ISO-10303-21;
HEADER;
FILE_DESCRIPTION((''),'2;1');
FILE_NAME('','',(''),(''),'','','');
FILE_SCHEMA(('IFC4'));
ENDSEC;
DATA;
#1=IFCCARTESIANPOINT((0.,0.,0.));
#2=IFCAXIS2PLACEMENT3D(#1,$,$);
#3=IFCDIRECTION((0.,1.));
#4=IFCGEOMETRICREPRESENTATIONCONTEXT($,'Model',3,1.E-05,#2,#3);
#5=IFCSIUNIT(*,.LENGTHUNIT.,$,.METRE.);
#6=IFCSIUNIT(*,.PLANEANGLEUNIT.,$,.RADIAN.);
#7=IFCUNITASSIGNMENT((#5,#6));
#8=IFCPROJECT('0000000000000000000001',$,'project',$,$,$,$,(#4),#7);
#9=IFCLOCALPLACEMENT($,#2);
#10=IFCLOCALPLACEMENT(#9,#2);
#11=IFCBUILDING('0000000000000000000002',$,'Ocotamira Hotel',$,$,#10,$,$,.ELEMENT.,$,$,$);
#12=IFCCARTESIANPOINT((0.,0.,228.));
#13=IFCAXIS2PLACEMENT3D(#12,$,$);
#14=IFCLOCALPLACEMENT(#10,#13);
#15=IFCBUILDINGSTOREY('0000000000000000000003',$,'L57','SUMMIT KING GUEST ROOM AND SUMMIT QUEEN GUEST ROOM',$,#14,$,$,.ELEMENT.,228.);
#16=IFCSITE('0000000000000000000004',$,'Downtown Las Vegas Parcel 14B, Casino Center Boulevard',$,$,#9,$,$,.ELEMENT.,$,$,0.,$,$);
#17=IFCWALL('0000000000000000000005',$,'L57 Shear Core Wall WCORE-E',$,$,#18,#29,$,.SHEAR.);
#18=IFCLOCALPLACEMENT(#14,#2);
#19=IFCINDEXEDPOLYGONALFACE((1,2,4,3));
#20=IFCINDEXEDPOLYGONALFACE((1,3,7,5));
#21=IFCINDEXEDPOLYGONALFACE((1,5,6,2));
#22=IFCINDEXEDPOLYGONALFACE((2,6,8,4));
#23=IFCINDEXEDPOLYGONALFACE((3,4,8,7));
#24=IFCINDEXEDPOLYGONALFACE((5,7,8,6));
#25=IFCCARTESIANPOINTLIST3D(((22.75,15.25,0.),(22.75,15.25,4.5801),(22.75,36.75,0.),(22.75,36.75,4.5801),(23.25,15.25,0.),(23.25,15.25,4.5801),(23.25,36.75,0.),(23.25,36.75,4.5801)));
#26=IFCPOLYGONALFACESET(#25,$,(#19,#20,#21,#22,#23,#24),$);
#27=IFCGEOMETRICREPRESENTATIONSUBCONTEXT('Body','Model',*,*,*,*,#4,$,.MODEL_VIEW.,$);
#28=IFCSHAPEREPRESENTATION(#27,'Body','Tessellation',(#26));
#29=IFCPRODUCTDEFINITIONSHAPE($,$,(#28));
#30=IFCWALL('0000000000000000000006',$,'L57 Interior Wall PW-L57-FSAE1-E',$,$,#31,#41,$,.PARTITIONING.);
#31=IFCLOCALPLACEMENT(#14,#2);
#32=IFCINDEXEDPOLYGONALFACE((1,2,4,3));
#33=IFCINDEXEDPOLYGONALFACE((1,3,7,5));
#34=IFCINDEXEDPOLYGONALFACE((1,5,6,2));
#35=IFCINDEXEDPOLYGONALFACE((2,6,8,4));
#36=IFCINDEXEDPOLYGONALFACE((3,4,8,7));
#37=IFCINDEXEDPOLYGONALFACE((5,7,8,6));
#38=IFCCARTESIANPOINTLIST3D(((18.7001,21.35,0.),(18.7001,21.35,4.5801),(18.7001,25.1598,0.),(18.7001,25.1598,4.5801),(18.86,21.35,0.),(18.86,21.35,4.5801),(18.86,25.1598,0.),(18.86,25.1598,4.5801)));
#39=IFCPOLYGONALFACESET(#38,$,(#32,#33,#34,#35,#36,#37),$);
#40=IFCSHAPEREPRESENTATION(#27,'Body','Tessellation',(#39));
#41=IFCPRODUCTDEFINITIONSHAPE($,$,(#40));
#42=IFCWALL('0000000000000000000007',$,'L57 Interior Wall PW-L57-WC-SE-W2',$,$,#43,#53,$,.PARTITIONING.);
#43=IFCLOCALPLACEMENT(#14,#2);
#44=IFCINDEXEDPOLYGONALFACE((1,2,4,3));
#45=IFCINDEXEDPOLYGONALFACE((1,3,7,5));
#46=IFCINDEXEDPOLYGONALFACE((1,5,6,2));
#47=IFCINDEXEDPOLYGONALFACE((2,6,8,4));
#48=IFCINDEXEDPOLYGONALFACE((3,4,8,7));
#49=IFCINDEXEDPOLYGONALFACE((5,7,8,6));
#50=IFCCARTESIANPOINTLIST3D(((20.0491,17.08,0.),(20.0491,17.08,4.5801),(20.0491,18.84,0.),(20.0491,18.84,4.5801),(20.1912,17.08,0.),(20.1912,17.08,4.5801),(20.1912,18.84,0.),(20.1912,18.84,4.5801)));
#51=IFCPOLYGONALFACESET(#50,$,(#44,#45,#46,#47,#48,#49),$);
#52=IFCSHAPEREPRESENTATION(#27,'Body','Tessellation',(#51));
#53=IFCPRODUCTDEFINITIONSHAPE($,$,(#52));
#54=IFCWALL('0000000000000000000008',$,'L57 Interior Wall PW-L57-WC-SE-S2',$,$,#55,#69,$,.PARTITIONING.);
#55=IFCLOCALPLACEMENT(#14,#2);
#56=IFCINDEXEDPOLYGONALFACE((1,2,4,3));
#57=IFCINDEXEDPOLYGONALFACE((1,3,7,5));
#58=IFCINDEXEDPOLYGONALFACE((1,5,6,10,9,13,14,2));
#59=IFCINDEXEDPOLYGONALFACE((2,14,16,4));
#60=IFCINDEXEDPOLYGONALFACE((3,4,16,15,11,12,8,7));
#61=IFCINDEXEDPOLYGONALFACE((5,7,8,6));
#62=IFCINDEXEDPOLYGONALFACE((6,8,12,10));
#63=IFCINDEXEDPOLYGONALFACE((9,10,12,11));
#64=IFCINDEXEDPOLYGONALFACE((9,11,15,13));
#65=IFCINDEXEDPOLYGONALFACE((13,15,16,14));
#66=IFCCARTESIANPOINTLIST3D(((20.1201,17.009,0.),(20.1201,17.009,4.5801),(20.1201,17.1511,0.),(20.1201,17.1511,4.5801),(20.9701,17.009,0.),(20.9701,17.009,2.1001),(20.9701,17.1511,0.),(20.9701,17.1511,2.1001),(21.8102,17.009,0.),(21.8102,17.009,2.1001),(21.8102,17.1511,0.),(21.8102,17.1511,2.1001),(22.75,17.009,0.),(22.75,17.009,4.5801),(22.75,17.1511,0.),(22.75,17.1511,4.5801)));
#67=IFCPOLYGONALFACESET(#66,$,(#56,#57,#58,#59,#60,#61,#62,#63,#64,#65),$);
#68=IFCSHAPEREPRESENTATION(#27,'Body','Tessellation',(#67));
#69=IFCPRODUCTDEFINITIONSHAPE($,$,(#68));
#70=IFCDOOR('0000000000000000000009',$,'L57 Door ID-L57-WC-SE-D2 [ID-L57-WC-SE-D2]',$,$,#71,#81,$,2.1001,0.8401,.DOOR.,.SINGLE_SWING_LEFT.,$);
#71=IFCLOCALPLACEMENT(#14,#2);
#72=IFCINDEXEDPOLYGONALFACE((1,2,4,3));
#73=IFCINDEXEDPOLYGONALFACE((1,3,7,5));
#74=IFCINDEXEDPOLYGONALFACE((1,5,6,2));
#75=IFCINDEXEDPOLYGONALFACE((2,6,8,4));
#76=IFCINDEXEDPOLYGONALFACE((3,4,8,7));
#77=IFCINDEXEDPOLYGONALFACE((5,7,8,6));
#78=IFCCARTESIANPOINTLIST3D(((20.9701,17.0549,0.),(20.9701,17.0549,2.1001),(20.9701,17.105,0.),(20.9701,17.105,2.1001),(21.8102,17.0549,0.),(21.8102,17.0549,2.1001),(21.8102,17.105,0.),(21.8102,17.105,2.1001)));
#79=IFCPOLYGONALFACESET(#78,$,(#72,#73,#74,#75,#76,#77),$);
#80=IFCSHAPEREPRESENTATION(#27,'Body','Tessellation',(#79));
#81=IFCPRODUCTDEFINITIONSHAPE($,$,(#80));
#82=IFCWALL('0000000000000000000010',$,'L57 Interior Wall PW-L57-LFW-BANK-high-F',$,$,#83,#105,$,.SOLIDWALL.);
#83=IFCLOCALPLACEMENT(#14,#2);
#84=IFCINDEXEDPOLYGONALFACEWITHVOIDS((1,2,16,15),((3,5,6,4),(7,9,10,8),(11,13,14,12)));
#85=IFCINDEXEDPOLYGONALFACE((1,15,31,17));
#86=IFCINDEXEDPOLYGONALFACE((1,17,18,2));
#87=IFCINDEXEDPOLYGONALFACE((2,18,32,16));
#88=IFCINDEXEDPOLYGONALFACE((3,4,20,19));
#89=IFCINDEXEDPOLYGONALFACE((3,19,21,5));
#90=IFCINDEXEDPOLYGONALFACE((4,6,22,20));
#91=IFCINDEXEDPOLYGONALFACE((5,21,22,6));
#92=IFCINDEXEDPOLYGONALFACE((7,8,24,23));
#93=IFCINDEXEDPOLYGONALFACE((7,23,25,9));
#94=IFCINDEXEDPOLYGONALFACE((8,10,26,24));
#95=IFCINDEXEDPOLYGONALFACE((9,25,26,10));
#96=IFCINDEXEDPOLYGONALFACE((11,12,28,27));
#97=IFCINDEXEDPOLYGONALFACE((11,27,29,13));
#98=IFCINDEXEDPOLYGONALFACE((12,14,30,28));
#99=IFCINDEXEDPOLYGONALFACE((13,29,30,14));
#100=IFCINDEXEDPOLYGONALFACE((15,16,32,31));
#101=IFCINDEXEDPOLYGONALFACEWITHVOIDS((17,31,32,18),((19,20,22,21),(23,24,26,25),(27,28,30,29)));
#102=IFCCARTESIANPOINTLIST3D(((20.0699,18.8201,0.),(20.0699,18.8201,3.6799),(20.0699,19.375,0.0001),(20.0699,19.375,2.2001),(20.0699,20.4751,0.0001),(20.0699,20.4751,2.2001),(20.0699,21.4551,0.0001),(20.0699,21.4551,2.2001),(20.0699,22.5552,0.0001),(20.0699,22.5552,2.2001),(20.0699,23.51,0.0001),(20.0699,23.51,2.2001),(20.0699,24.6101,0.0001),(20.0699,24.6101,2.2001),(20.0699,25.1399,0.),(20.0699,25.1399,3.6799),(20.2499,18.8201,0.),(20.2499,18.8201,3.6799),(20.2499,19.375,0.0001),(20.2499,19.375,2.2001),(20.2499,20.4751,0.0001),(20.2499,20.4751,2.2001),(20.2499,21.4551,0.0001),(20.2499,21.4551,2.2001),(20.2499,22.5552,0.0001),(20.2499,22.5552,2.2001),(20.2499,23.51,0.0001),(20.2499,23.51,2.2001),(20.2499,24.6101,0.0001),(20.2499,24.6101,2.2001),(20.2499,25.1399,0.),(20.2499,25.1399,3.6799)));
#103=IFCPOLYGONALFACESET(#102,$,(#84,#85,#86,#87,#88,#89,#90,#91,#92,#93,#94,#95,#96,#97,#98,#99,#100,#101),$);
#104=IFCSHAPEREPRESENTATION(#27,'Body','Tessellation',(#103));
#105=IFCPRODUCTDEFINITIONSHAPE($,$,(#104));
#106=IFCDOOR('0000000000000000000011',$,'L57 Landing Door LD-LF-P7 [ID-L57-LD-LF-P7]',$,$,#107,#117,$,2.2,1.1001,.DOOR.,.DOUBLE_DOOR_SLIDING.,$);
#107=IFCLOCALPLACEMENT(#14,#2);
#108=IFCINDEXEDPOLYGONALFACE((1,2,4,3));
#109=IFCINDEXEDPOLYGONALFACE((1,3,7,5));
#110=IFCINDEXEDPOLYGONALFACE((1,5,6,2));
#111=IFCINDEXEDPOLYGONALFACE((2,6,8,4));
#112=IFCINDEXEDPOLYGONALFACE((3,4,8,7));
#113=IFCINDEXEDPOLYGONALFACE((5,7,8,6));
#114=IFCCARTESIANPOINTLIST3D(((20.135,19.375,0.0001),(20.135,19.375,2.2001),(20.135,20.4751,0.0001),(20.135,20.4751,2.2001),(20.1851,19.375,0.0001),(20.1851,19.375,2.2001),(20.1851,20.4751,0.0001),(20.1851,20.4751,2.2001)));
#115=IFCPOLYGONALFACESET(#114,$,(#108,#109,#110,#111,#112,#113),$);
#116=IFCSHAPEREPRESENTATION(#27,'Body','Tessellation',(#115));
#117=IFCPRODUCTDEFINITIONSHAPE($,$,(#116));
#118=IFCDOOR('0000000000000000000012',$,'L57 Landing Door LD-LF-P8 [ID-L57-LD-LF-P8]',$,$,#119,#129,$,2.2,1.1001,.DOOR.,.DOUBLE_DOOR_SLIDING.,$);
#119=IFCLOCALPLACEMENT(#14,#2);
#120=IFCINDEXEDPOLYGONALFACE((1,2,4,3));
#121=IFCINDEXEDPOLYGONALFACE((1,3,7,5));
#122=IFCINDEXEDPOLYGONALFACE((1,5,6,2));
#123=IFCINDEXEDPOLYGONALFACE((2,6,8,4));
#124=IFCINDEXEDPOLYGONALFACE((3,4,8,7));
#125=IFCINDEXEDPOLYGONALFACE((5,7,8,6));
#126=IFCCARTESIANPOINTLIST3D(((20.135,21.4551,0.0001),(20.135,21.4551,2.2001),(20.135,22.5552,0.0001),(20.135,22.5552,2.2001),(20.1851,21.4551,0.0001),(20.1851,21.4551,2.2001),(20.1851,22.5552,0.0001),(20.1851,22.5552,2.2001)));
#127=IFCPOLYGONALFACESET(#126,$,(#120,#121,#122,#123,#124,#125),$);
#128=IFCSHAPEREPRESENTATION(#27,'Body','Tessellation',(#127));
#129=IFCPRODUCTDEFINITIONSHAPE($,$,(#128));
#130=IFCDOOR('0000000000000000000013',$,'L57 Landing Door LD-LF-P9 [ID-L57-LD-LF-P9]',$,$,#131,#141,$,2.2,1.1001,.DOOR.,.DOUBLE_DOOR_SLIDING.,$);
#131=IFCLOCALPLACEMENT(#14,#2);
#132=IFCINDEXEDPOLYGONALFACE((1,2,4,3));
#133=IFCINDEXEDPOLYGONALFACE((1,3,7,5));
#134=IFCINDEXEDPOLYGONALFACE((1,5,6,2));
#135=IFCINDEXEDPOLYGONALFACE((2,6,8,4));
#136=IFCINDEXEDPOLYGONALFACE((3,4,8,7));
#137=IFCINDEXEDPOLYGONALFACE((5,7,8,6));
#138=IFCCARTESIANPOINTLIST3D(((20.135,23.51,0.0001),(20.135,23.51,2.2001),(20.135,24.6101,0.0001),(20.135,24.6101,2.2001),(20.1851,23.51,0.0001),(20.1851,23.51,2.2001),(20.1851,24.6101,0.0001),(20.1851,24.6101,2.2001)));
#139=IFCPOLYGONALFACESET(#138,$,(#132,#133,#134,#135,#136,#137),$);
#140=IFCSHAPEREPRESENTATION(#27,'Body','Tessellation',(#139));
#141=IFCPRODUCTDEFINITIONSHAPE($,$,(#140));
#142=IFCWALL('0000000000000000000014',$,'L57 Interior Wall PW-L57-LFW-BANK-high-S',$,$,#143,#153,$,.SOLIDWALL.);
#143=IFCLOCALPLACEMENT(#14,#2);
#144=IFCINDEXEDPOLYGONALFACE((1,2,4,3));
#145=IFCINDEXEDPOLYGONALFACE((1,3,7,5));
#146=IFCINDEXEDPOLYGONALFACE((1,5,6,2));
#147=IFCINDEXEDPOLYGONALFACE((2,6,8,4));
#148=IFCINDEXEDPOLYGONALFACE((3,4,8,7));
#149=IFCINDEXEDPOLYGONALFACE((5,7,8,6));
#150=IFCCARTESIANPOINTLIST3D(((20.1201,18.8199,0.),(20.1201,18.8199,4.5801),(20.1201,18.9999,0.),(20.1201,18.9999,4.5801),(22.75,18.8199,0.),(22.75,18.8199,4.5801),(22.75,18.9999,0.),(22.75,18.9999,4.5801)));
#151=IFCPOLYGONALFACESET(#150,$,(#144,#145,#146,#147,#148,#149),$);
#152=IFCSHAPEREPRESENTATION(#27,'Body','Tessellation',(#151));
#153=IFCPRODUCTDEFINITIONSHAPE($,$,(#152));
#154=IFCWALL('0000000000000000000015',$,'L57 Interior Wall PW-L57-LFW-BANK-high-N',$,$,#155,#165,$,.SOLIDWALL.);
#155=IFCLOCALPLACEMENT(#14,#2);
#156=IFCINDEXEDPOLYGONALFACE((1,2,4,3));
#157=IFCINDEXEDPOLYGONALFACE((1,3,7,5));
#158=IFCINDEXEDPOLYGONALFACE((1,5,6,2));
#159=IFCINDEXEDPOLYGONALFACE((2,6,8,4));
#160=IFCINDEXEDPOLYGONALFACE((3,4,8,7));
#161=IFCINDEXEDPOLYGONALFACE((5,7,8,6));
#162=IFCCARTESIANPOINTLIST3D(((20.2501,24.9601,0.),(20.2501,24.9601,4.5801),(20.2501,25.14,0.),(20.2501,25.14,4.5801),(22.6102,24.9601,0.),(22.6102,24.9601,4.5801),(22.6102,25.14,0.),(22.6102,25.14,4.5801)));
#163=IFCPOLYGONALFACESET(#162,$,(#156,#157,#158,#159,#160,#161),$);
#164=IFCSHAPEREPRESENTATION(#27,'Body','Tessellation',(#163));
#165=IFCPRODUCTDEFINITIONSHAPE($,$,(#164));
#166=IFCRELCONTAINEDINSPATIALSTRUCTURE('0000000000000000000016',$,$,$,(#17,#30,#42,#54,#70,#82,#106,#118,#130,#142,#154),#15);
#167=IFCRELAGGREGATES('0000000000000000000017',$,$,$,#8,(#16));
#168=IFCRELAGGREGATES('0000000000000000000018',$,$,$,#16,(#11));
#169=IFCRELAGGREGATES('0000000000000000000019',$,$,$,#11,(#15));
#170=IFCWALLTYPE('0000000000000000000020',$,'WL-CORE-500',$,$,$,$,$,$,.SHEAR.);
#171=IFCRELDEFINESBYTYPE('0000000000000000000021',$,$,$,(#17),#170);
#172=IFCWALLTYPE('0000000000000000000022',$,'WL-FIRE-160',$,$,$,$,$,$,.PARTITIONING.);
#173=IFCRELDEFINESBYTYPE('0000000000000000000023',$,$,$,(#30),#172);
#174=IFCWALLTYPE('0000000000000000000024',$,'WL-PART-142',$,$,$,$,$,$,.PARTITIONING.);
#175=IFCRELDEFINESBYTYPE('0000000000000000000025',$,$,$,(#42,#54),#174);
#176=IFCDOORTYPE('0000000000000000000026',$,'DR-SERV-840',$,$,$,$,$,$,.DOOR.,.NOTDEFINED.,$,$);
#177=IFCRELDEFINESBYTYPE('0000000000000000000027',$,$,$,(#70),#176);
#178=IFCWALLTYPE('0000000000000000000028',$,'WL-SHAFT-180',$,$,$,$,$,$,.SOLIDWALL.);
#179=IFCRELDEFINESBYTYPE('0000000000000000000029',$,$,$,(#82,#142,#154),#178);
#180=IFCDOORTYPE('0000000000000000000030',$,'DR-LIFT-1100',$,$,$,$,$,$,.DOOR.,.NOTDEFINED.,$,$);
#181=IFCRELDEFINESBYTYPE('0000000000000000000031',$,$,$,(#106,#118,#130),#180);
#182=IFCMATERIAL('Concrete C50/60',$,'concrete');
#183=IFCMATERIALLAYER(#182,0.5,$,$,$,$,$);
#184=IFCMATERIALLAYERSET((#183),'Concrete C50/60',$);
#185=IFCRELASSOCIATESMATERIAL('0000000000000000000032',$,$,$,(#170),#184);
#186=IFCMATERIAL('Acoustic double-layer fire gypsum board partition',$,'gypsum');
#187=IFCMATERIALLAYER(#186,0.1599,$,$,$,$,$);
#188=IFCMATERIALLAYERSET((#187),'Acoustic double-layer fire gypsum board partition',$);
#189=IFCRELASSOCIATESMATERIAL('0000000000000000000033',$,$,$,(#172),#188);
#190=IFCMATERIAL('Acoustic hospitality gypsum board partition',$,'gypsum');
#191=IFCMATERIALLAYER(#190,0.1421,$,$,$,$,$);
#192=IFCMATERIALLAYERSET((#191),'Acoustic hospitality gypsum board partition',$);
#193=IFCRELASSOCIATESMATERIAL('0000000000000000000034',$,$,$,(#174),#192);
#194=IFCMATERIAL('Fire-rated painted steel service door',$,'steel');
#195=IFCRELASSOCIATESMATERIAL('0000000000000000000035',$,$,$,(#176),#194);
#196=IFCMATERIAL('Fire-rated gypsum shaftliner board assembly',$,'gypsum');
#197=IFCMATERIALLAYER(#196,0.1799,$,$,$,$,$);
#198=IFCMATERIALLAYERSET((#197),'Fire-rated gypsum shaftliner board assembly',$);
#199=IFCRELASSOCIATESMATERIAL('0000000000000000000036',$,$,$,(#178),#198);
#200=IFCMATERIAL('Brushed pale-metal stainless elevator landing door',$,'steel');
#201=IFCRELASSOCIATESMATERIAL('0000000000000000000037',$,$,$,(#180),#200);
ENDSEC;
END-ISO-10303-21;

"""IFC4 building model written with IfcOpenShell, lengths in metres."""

from ifc_helpers import new_model, si_unit, direction, frame, frame_2d, origin, place, context, subcontext, project, spatial, rectangle, extrude, source, transform, mapped, material, layer, layer_set, type_object, element, fill, save


model = new_model("IFC4")

# Units and contexts
model_context = context("Model", 3, precision=1e-05, world=origin(), true_north=direction((0.0, 1.0)))
body_context = subcontext(model_context, "Body", "Model", "MODEL_VIEW")
ifc_project = project(units=[si_unit("LENGTHUNIT", "METRE"), si_unit("PLANEANGLEUNIT", "RADIAN")], contexts=[model_context])

# Site, building, storey
site_placement = place(None, origin())
site = spatial("IfcSite", under=ifc_project, at=site_placement, Name="Downtown Las Vegas Parcel 14B, Casino Center Boulevard", CompositionType="ELEMENT", RefElevation=0.0)
building_placement = place(site_placement, origin())
building = spatial("IfcBuilding", under=site, at=building_placement, Name="Ocotamira Hotel", CompositionType="ELEMENT")
storey_placement = place(building_placement, frame((0.0, 0.0, 228.0)))
storey = spatial("IfcBuildingStorey", under=building, at=storey_placement, Name="L57", Description="SUMMIT KING GUEST ROOM AND SUMMIT QUEEN GUEST ROOM", CompositionType="ELEMENT", Elevation=228.0)

# Walls
ifc_material_1 = material(Name="Concrete C50/60", Category="concrete")
ifc_layer_1 = layer(ifc_material_1, 0.5)
ifc_layer_set_1 = layer_set([ifc_layer_1], Name="Concrete C50/60")
wall_type_1 = type_object("IfcWallType", Name="WL-CORE-500", PredefinedType="SHEAR", material=ifc_layer_set_1)
wall_1_placement = place(storey_placement, frame((23.0, 15.25, 0.0), z_axis=(0.0, 0.0, 1.0), x_axis=(0.0, 1.0, 0.0)))
element("IfcWall", 1, at=wall_1_placement, inside=storey, type_object=wall_type_1, Name="L57 Shear Core Wall WCORE-E", PredefinedType="SHEAR", context=body_context, shape_type="SweptSolid", body=[
    extrude(rectangle(XDim=21.5, YDim=0.5, at=frame_2d((10.75, 0.0))), origin(), (0.0, 0.0, 1.0), 4.5801),
])
ifc_material_2 = material(Name="Acoustic double-layer fire gypsum board partition", Category="gypsum")
ifc_layer_2 = layer(ifc_material_2, 0.1599)
ifc_layer_set_2 = layer_set([ifc_layer_2], Name="Acoustic double-layer fire gypsum board partition")
wall_type_2 = type_object("IfcWallType", Name="WL-FIRE-160", PredefinedType="PARTITIONING", material=ifc_layer_set_2)
wall_2_placement = place(storey_placement, frame((18.78, 21.3501, 0.0), z_axis=(0.0, 0.0, 1.0), x_axis=(0.0, 1.0, 0.0)))
element("IfcWall", 2, at=wall_2_placement, inside=storey, type_object=wall_type_2, Name="L57 Interior Wall PW-L57-FSAE1-E", PredefinedType="PARTITIONING", context=body_context, shape_type="SweptSolid", body=[
    extrude(rectangle(XDim=3.8098, YDim=0.1599, at=frame_2d((1.9048, 0.0))), origin(), (0.0, 0.0, 1.0), 4.5801),
])
ifc_material_3 = material(Name="Acoustic hospitality gypsum board partition", Category="gypsum")
ifc_layer_3 = layer(ifc_material_3, 0.1421)
ifc_layer_set_3 = layer_set([ifc_layer_3], Name="Acoustic hospitality gypsum board partition")
wall_type_3 = type_object("IfcWallType", Name="WL-PART-142", PredefinedType="PARTITIONING", material=ifc_layer_set_3)
wall_3_placement = place(storey_placement, frame((20.1201, 17.0801, 0.0), z_axis=(0.0, 0.0, 1.0), x_axis=(0.0, 1.0, 0.0)))
element("IfcWall", 3, at=wall_3_placement, inside=storey, type_object=wall_type_3, Name="L57 Interior Wall PW-L57-WC-SE-W2", PredefinedType="PARTITIONING", context=body_context, shape_type="SweptSolid", body=[
    extrude(rectangle(XDim=1.76, YDim=0.1421, at=frame_2d((0.8799, 0.0))), origin(), (0.0, 0.0, 1.0), 4.5801),
])

# Wall, opening, door
wall_4_placement = place(storey_placement, frame((20.1201, 17.0801, 0.0), z_axis=(0.0, 0.0, 1.0), x_axis=(1.0, 0.0, 0.0)))
wall_4 = element("IfcWall", 4, at=wall_4_placement, inside=storey, type_object=wall_type_3, Name="L57 Interior Wall PW-L57-WC-SE-S2", PredefinedType="PARTITIONING", context=body_context, shape_type="SweptSolid", body=[
    extrude(rectangle(XDim=2.6299, YDim=0.1421, at=frame_2d((1.3149, 0.0))), origin(), (0.0, 0.0, 1.0), 4.5801),
])
opening_1_placement = place(wall_4_placement, frame((0.8501, 0.0, 0.0)))
opening_1 = element("IfcOpeningElement", 5, at=opening_1_placement, cuts=wall_4, PredefinedType="OPENING", context=body_context, shape_type="SweptSolid", body=[
    extrude(rectangle(XDim=0.8401, YDim=2.1001, at=frame_2d((0.4199, 1.05))), frame((0.0, 0.0811, 0.0), z_axis=(0.0, -1.0, 0.0), x_axis=(1.0, 0.0, 0.0)), (0.0, 0.0, 1.0), 0.1621),
])
ifc_material_4 = material(Name="Fire-rated painted steel service door", Category="steel")
door_type_1 = type_object("IfcDoorType", Name="DR-SERV-840", OperationType="NOTDEFINED", PredefinedType="DOOR", material=ifc_material_4)
shared_shape_1 = source(origin(), body_context, "Body", "SweptSolid", [
    extrude(rectangle(XDim=0.8401, YDim=2.1001, at=frame_2d((0.4199, 1.05))), frame((0.0, 0.0249, 0.0), z_axis=(0.0, -1.0, 0.0), x_axis=(1.0, 0.0, 0.0)), (0.0, 0.0, 1.0), 0.05),
])
door_1_placement = place(opening_1_placement, origin())
door_1 = element("IfcDoor", 6, at=door_1_placement, inside=storey, type_object=door_type_1, Name="L57 Door ID-L57-WC-SE-D2 [ID-L57-WC-SE-D2]", OperationType="SINGLE_SWING_LEFT", OverallHeight=2.1001, OverallWidth=0.8401, PredefinedType="DOOR", context=body_context, shape_type="MappedRepresentation", body=[
    mapped(shared_shape_1, transform((0.0, 0.0, 0.0), scale=1.0)),
])
fill(opening_1, door_1)

# Wall, openings, doors
ifc_material_5 = material(Name="Fire-rated gypsum shaftliner board assembly", Category="gypsum")
ifc_layer_4 = layer(ifc_material_5, 0.1799)
ifc_layer_set_4 = layer_set([ifc_layer_4], Name="Fire-rated gypsum shaftliner board assembly")
wall_type_4 = type_object("IfcWallType", Name="WL-SHAFT-180", PredefinedType="SOLIDWALL", material=ifc_layer_set_4)
wall_5_placement = place(storey_placement, frame((20.1599, 18.8201, 0.0), z_axis=(0.0, 0.0, 1.0), x_axis=(0.0, 1.0, 0.0)))
wall_5 = element("IfcWall", 7, at=wall_5_placement, inside=storey, type_object=wall_type_4, Name="L57 Interior Wall PW-L57-LFW-BANK-high-F", PredefinedType="SOLIDWALL", context=body_context, shape_type="SweptSolid", body=[
    extrude(rectangle(XDim=6.3198, YDim=0.1799, at=frame_2d((3.1599, 0.0))), origin(), (0.0, 0.0, 1.0), 3.6799),
])
opening_2_placement = place(wall_5_placement, frame((0.5549, 0.0, 0.0)))
opening_2 = element("IfcOpeningElement", 8, at=opening_2_placement, cuts=wall_5, PredefinedType="OPENING", context=body_context, shape_type="SweptSolid", body=[
    extrude(rectangle(XDim=1.1001, YDim=2.2, at=frame_2d((0.55, 1.1001))), frame((0.0, 0.1001, 0.0), z_axis=(0.0, -1.0, 0.0), x_axis=(1.0, 0.0, 0.0)), (0.0, 0.0, 1.0), 0.2),
])
opening_3_placement = place(wall_5_placement, frame((2.635, 0.0, 0.0)))
opening_3 = element("IfcOpeningElement", 9, at=opening_3_placement, cuts=wall_5, PredefinedType="OPENING", context=body_context, shape_type="SweptSolid", body=[
    extrude(rectangle(XDim=1.1001, YDim=2.2, at=frame_2d((0.55, 1.1001))), frame((0.0, 0.1001, 0.0), z_axis=(0.0, -1.0, 0.0), x_axis=(1.0, 0.0, 0.0)), (0.0, 0.0, 1.0), 0.2),
])
opening_4_placement = place(wall_5_placement, frame((4.6899, 0.0, 0.0)))
opening_4 = element("IfcOpeningElement", 10, at=opening_4_placement, cuts=wall_5, PredefinedType="OPENING", context=body_context, shape_type="SweptSolid", body=[
    extrude(rectangle(XDim=1.1001, YDim=2.2, at=frame_2d((0.55, 1.1001))), frame((0.0, 0.1001, 0.0), z_axis=(0.0, -1.0, 0.0), x_axis=(1.0, 0.0, 0.0)), (0.0, 0.0, 1.0), 0.2),
])
ifc_material_6 = material(Name="Brushed pale-metal stainless elevator landing door", Category="steel")
door_type_2 = type_object("IfcDoorType", Name="DR-LIFT-1100", OperationType="NOTDEFINED", PredefinedType="DOOR", material=ifc_material_6)
shared_shape_2 = source(origin(), body_context, "Body", "SweptSolid", [
    extrude(rectangle(XDim=1.1001, YDim=2.2, at=frame_2d((0.55, 1.1001))), frame((0.0, 0.0249, 0.0), z_axis=(0.0, -1.0, 0.0), x_axis=(1.0, 0.0, 0.0)), (0.0, 0.0, 1.0), 0.05),
])
door_2_placement = place(opening_2_placement, origin())
door_2 = element("IfcDoor", 11, at=door_2_placement, inside=storey, type_object=door_type_2, Name="L57 Landing Door LD-LF-P7 [ID-L57-LD-LF-P7]", OperationType="DOUBLE_DOOR_SLIDING", OverallHeight=2.2, OverallWidth=1.1001, PredefinedType="DOOR", context=body_context, shape_type="MappedRepresentation", body=[
    mapped(shared_shape_2, transform((0.0, 0.0, 0.0), scale=1.0)),
])
fill(opening_2, door_2)
door_3_placement = place(opening_3_placement, origin())
door_3 = element("IfcDoor", 12, at=door_3_placement, inside=storey, type_object=door_type_2, Name="L57 Landing Door LD-LF-P8 [ID-L57-LD-LF-P8]", OperationType="DOUBLE_DOOR_SLIDING", OverallHeight=2.2, OverallWidth=1.1001, PredefinedType="DOOR", context=body_context, shape_type="MappedRepresentation", body=[
    mapped(shared_shape_2, transform((0.0, 0.0, 0.0), scale=1.0)),
])
fill(opening_3, door_3)
door_4_placement = place(opening_4_placement, origin())
door_4 = element("IfcDoor", 13, at=door_4_placement, inside=storey, type_object=door_type_2, Name="L57 Landing Door LD-LF-P9 [ID-L57-LD-LF-P9]", OperationType="DOUBLE_DOOR_SLIDING", OverallHeight=2.2, OverallWidth=1.1001, PredefinedType="DOOR", context=body_context, shape_type="MappedRepresentation", body=[
    mapped(shared_shape_2, transform((0.0, 0.0, 0.0), scale=1.0)),
])
fill(opening_4, door_4)

# Walls
wall_6_placement = place(storey_placement, frame((20.1201, 18.9099, 0.0), z_axis=(0.0, 0.0, 1.0), x_axis=(1.0, 0.0, 0.0)))
element("IfcWall", 14, at=wall_6_placement, inside=storey, type_object=wall_type_4, Name="L57 Interior Wall PW-L57-LFW-BANK-high-S", PredefinedType="SOLIDWALL", context=body_context, shape_type="SweptSolid", body=[
    extrude(rectangle(XDim=2.6299, YDim=0.1799, at=frame_2d((1.3149, 0.0))), origin(), (0.0, 0.0, 1.0), 4.5801),
])
wall_7_placement = place(storey_placement, frame((20.25, 25.05, 0.0), z_axis=(0.0, 0.0, 1.0), x_axis=(1.0, 0.0, 0.0)))
element("IfcWall", 15, at=wall_7_placement, inside=storey, type_object=wall_type_4, Name="L57 Interior Wall PW-L57-LFW-BANK-high-N", PredefinedType="SOLIDWALL", context=body_context, shape_type="SweptSolid", body=[
    extrude(rectangle(XDim=2.3601, YDim=0.1799, at=frame_2d((1.1802, 0.0))), origin(), (0.0, 0.0, 1.0), 4.5801),
])

save(model, "model.ifc")
